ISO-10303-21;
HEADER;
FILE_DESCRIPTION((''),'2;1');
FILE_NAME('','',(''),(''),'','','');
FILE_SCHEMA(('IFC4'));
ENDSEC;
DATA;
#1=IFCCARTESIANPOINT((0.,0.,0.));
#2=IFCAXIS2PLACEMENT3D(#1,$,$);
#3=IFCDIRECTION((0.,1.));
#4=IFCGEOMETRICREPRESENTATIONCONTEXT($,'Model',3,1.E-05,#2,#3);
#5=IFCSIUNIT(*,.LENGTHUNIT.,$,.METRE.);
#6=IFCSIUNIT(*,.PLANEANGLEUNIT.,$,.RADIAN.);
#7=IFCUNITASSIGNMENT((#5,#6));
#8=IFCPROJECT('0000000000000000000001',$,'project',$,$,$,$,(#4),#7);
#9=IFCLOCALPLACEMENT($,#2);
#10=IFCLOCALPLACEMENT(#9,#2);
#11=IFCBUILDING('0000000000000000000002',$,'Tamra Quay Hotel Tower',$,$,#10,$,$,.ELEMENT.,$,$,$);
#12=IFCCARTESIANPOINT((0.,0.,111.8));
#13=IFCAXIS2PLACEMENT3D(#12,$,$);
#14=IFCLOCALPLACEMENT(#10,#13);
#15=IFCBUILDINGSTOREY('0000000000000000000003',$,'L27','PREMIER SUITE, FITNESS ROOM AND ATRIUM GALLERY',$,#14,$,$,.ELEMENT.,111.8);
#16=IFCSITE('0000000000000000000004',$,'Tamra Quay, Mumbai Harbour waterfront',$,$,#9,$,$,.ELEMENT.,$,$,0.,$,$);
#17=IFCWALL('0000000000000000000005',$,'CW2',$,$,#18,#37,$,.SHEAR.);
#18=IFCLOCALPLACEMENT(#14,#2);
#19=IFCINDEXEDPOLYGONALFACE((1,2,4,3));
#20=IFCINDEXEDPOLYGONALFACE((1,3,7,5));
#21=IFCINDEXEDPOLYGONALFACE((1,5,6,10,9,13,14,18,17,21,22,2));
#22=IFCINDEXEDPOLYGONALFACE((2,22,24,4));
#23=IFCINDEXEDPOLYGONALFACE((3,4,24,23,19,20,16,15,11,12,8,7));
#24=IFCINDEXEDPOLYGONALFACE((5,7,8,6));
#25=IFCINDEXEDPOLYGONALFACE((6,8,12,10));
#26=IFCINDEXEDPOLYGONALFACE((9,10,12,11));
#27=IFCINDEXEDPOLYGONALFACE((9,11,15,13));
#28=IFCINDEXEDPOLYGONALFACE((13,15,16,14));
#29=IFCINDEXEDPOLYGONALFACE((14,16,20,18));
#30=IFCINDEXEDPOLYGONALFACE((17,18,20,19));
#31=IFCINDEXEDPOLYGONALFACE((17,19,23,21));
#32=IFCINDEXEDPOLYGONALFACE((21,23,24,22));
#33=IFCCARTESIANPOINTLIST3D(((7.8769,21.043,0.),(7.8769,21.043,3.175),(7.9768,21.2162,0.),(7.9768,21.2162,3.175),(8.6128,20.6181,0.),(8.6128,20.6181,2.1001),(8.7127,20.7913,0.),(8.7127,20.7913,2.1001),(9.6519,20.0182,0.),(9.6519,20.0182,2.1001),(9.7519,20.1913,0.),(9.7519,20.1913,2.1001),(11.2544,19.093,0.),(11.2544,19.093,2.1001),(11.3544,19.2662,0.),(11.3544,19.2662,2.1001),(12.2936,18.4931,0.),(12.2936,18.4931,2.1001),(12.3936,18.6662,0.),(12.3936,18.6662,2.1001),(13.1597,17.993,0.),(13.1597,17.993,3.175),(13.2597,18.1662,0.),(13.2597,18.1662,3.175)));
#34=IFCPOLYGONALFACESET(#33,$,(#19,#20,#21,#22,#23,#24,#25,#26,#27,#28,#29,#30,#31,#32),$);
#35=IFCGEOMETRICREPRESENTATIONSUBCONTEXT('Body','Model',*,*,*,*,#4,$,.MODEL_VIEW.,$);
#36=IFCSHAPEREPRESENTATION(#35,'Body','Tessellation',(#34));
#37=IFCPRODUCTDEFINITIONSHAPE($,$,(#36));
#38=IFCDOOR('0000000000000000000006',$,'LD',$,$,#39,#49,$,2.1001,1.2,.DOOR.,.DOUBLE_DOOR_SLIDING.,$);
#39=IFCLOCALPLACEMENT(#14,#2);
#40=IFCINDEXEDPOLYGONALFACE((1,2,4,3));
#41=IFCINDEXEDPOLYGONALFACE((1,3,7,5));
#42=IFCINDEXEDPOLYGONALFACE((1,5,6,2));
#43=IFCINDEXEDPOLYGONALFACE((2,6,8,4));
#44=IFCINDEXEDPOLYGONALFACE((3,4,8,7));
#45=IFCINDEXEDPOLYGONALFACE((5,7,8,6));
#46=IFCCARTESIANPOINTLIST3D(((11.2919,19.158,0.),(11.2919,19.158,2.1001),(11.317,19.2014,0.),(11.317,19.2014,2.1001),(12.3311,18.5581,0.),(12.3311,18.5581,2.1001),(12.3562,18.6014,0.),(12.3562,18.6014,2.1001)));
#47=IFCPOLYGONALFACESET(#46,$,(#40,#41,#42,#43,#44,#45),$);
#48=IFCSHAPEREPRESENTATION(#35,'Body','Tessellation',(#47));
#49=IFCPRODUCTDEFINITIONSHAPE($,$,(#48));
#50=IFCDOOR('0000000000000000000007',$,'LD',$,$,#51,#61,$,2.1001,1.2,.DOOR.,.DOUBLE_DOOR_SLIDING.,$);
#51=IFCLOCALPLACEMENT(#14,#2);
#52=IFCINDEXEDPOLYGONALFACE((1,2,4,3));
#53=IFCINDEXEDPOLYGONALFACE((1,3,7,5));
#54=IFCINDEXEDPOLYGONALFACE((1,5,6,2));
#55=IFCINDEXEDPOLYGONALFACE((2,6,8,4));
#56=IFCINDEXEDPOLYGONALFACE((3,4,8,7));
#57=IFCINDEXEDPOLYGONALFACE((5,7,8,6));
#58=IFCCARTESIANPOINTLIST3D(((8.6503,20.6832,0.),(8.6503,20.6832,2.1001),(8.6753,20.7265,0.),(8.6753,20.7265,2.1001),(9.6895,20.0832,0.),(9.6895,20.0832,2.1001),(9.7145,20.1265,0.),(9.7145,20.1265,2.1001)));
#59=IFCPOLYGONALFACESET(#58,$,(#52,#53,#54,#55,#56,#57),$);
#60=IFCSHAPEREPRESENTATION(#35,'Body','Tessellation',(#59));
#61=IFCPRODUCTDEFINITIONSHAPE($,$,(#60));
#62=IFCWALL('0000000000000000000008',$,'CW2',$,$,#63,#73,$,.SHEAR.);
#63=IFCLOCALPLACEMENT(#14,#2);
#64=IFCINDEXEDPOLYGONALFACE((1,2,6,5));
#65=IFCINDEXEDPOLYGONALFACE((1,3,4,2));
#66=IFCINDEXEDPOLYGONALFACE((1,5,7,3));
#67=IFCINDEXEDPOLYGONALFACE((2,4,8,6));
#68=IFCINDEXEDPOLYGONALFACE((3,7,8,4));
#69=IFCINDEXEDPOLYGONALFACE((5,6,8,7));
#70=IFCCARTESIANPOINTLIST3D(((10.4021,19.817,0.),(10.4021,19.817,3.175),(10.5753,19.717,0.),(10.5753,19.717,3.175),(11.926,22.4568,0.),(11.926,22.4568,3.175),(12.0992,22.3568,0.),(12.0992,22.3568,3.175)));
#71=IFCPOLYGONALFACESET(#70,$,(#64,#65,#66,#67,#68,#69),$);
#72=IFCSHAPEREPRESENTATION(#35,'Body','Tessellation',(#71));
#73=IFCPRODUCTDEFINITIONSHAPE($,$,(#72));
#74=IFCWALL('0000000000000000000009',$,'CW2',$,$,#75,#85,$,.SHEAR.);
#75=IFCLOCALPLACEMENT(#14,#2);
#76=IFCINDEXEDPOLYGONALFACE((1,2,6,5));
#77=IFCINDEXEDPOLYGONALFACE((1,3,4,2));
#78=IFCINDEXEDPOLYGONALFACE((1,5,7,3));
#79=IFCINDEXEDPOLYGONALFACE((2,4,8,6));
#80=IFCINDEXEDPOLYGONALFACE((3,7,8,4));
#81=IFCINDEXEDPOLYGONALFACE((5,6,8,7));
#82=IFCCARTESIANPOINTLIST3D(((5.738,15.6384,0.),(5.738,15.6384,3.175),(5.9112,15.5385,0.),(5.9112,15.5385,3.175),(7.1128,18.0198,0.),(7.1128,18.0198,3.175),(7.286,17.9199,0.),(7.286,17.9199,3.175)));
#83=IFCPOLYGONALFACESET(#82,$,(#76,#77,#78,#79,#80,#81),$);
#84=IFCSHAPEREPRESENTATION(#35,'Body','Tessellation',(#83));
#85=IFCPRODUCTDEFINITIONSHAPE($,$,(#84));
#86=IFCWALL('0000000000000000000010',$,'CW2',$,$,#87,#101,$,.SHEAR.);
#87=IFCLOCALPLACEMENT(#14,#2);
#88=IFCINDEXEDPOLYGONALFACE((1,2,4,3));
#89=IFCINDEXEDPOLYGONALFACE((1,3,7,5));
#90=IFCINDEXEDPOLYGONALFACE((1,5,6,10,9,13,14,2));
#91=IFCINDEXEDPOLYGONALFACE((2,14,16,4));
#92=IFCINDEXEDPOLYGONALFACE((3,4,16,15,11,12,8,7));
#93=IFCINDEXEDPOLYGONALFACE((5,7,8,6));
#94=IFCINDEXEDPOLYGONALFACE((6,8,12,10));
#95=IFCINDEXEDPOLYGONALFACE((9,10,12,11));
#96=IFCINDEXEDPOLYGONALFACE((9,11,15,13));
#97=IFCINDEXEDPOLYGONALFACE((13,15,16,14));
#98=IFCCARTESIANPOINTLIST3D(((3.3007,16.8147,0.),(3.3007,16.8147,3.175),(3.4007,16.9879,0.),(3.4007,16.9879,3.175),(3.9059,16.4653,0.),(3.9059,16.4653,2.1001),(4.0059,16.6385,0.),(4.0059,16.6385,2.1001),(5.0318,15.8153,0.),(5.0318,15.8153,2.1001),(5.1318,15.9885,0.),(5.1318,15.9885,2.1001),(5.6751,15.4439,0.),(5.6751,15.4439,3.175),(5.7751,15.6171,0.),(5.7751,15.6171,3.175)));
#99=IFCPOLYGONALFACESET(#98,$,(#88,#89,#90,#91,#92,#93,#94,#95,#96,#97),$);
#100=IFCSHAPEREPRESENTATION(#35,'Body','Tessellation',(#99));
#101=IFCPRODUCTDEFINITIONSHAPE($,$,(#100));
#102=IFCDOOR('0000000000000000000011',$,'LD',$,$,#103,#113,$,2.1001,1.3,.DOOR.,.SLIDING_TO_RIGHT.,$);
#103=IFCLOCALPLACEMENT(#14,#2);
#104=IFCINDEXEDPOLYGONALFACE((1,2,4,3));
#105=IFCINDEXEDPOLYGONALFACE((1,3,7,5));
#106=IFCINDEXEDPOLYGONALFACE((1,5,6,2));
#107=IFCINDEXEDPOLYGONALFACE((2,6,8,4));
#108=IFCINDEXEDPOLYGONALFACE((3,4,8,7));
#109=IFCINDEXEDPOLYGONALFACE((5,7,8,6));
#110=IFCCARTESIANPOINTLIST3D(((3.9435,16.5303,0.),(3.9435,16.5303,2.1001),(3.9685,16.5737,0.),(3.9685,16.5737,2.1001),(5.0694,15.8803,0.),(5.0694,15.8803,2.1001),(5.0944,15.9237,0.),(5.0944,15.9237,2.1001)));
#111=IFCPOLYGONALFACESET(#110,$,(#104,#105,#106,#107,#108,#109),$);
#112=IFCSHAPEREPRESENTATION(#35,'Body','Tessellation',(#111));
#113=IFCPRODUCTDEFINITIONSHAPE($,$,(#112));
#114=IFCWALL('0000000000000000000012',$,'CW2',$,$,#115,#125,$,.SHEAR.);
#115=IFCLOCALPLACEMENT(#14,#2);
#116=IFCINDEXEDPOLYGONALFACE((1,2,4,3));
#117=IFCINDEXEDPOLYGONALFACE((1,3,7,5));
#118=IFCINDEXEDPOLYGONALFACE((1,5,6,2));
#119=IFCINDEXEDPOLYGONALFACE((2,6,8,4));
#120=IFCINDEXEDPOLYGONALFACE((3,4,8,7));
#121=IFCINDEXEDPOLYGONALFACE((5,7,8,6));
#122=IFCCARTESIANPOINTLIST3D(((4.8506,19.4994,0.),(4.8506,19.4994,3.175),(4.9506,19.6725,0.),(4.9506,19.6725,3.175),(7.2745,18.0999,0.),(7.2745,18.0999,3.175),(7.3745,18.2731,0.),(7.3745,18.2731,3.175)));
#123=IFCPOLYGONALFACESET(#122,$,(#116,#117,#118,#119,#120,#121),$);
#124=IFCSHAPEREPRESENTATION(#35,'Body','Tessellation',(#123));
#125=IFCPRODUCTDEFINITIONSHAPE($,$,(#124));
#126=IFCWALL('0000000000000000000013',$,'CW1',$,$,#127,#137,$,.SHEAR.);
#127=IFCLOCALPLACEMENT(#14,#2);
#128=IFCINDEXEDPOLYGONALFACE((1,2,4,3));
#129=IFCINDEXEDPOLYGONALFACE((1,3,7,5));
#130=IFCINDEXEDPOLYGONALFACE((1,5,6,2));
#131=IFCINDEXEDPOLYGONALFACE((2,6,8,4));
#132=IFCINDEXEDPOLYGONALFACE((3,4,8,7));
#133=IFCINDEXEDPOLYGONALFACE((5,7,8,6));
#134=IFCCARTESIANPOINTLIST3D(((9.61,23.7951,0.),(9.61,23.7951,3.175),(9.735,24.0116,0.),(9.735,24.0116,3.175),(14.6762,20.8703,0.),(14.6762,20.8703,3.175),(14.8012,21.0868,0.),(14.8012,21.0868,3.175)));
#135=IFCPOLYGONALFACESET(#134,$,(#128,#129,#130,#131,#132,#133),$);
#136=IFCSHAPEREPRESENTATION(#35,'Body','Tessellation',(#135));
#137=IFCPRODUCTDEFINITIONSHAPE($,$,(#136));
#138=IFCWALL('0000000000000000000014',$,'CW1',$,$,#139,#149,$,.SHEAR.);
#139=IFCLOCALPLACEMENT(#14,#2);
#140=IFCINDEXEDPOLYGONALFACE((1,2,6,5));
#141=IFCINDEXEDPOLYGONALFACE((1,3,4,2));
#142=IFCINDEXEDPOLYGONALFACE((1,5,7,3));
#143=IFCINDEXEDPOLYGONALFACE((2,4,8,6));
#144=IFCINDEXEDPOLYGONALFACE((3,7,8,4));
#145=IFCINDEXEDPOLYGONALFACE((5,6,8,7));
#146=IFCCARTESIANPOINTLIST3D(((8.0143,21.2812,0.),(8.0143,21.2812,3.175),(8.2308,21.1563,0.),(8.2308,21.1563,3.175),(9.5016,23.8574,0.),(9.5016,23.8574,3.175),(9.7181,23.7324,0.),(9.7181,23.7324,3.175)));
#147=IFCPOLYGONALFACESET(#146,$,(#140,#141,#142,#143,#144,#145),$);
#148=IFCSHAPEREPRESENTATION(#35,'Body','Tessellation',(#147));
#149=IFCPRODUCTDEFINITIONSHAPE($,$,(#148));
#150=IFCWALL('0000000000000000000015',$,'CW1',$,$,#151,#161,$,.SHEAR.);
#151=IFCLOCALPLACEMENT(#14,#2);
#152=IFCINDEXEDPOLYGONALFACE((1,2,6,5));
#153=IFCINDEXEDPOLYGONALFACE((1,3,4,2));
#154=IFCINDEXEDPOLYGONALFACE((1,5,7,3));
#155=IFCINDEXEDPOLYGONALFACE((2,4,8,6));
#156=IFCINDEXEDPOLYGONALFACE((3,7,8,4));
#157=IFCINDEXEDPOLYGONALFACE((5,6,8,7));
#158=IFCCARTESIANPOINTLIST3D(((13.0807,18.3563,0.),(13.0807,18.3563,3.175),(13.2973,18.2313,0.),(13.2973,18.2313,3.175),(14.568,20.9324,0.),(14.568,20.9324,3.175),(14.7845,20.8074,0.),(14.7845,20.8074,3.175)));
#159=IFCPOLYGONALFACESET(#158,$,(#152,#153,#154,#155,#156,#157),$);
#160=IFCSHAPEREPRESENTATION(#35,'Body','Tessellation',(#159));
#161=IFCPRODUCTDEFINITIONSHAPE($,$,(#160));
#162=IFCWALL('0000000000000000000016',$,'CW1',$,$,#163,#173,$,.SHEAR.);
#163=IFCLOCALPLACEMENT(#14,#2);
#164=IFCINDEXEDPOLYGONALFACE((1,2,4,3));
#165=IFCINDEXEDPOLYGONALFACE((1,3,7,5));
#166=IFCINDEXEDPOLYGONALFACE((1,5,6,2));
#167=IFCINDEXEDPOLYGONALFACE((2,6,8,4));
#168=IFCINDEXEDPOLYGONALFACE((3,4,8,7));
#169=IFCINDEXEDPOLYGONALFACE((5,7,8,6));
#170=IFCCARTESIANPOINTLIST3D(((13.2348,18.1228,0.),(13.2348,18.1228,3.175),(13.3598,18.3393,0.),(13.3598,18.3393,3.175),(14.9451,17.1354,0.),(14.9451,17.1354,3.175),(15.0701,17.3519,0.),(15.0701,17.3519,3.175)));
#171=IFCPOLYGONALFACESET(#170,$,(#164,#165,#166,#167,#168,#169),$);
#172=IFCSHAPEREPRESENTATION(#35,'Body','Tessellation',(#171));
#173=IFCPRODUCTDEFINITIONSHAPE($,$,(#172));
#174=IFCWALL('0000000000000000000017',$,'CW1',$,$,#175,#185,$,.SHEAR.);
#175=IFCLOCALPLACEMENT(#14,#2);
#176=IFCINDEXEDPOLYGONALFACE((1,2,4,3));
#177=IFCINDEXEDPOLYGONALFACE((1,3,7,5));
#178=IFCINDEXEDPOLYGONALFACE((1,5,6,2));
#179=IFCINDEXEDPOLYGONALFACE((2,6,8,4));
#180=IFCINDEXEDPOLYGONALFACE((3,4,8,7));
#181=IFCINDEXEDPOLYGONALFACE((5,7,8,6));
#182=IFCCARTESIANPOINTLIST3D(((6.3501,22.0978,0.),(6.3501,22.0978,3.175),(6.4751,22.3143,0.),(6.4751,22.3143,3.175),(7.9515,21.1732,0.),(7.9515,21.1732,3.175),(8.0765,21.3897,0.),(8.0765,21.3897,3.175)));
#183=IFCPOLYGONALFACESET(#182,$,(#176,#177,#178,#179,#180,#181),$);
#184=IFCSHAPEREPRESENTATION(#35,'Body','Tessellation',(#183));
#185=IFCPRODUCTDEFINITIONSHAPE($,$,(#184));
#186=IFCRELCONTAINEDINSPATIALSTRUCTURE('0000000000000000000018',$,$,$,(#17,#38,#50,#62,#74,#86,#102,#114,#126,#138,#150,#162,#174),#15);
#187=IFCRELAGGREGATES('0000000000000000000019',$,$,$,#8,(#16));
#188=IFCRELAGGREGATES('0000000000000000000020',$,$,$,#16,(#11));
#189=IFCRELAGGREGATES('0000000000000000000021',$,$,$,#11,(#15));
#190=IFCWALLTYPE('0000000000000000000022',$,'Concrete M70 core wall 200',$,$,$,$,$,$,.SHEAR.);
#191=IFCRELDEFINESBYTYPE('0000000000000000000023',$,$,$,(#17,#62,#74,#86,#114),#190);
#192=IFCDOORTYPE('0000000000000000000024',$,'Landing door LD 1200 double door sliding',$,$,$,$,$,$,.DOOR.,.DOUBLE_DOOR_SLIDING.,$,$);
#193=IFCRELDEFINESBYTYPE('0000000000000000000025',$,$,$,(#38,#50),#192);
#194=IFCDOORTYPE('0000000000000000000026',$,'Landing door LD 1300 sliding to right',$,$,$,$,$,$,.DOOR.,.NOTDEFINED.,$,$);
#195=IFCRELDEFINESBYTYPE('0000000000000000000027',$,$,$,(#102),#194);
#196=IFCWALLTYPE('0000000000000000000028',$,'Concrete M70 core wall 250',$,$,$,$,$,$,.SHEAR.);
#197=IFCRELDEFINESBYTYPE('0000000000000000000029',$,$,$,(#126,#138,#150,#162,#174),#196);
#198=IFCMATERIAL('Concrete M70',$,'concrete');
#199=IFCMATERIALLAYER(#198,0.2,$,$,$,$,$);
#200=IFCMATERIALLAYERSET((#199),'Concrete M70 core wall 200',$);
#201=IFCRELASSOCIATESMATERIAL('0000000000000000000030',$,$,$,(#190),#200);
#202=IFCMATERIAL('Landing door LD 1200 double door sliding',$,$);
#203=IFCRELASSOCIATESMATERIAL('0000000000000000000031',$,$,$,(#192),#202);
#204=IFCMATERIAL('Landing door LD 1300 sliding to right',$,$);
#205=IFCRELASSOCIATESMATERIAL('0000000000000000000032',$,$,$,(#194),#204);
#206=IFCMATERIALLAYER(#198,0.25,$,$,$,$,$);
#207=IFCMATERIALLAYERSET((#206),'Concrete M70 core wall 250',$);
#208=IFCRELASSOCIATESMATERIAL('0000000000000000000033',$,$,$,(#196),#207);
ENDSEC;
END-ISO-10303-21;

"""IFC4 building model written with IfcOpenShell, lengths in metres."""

from ifc_helpers import new_model, si_unit, direction, frame, frame_2d, origin, place, context, subcontext, project, spatial, rectangle, extrude, material, layer, layer_set, type_object, element, fill, save


model = new_model("IFC4")

# Units and contexts
model_context = context("Model", 3, precision=1e-05, world=origin(), true_north=direction((0.0, 1.0)))
body_context = subcontext(model_context, "Body", "Model", "MODEL_VIEW")
ifc_project = project(units=[si_unit("LENGTHUNIT", "METRE"), si_unit("PLANEANGLEUNIT", "RADIAN")], contexts=[model_context])

# Site, building, storey
site_placement = place(None, origin())
site = spatial("IfcSite", under=ifc_project, at=site_placement, Name="Tamra Quay, Mumbai Harbour waterfront", CompositionType="ELEMENT", RefElevation=0.0)
building_placement = place(site_placement, origin())
building = spatial("IfcBuilding", under=site, at=building_placement, Name="Tamra Quay Hotel Tower", CompositionType="ELEMENT")
storey_placement = place(building_placement, frame((0.0, 0.0, 111.8)))
storey = spatial("IfcBuildingStorey", under=building, at=storey_placement, Name="L27", Description="PREMIER SUITE, FITNESS ROOM AND ATRIUM GALLERY", CompositionType="ELEMENT", Elevation=111.8)

# Shared definitions
ifc_material_1 = material(Name="Concrete M70", Category="concrete")

# Wall, openings, doors
ifc_layer_1 = layer(ifc_material_1, 0.2)
ifc_layer_set_1 = layer_set([ifc_layer_1], Name="Concrete M70 core wall 200")
wall_type_1 = type_object("IfcWallType", Name="Concrete M70 core wall 200", PredefinedType="SHEAR", material=ifc_layer_set_1)
wall_1_placement = place(storey_placement, frame((13.2097, 18.0796, 0.0), z_axis=(0.0, 0.0, 1.0), x_axis=(-0.86603, 0.499992, 0.0)))
wall_1 = element("IfcWall", 1, at=wall_1_placement, inside=storey, type_object=wall_type_1, Name="CW2", PredefinedType="SHEAR", context=body_context, shape_type="SweptSolid", body=[
    extrude(rectangle(XDim=6.1001, YDim=0.2, at=frame_2d((3.05, 0.0))), origin(), (0.0, 0.0, 1.0), 3.175),
])
opening_1_placement = place(wall_1_placement, frame((1.0, 0.0, 0.0)))
opening_1 = element("IfcOpeningElement", 2, at=opening_1_placement, cuts=wall_1, PredefinedType="OPENING", context=body_context, shape_type="SweptSolid", body=[
    extrude(rectangle(XDim=1.2, YDim=2.1001, at=frame_2d((0.6001, 1.05))), frame((0.0, 0.1099, 0.0), z_axis=(0.0, -1.0, 0.0), x_axis=(1.0, 0.0, 0.0)), (0.0, 0.0, 1.0), 0.22),
])
opening_2_placement = place(wall_1_placement, frame((4.0503, 0.0, 0.0)))
opening_2 = element("IfcOpeningElement", 3, at=opening_2_placement, cuts=wall_1, PredefinedType="OPENING", context=body_context, shape_type="SweptSolid", body=[
    extrude(rectangle(XDim=1.2, YDim=2.1001, at=frame_2d((0.6001, 1.05))), frame((0.0, 0.1099, 0.0), z_axis=(0.0, -1.0, 0.0), x_axis=(1.0, 0.0, 0.0)), (0.0, 0.0, 1.0), 0.22),
])
ifc_material_2 = material(Name="Landing door LD 1200 double door sliding")
door_type_1 = type_object("IfcDoorType", Name="Landing door LD 1200 double door sliding", OperationType="DOUBLE_DOOR_SLIDING", PredefinedType="DOOR", material=ifc_material_2)
door_1_placement = place(opening_1_placement, origin())
door_1 = element("IfcDoor", 4, at=door_1_placement, inside=storey, type_object=door_type_1, Name="LD", OperationType="DOUBLE_DOOR_SLIDING", OverallHeight=2.1001, OverallWidth=1.2, PredefinedType="DOOR", context=body_context, shape_type="SweptSolid", body=[
    extrude(rectangle(XDim=1.2, YDim=2.1001, at=frame_2d((0.6001, 1.05))), frame((0.0, 0.0249, 0.0), z_axis=(0.0, -1.0, 0.0), x_axis=(1.0, 0.0, 0.0)), (0.0, 0.0, 1.0), 0.05),
])
fill(opening_1, door_1)
door_2_placement = place(opening_2_placement, origin())
door_2 = element("IfcDoor", 5, at=door_2_placement, inside=storey, type_object=door_type_1, Name="LD", OperationType="DOUBLE_DOOR_SLIDING", OverallHeight=2.1001, OverallWidth=1.2, PredefinedType="DOOR", context=body_context, shape_type="SweptSolid", body=[
    extrude(rectangle(XDim=1.2, YDim=2.1001, at=frame_2d((0.6001, 1.05))), frame((0.0, 0.0249, 0.0), z_axis=(0.0, -1.0, 0.0), x_axis=(1.0, 0.0, 0.0)), (0.0, 0.0, 1.0), 0.05),
])
fill(opening_2, door_2)

# Walls
wall_2_placement = place(storey_placement, frame((10.4888, 19.7671, 0.0), z_axis=(0.0, 0.0, 1.0), x_axis=(0.499947, 0.866056, 0.0)))
element("IfcWall", 6, at=wall_2_placement, inside=storey, type_object=wall_type_1, Name="CW2", PredefinedType="SHEAR", context=body_context, shape_type="SweptSolid", body=[
    extrude(rectangle(XDim=3.0481, YDim=0.2, at=frame_2d((1.5239, 0.0))), origin(), (0.0, 0.0, 1.0), 3.175),
])
wall_3_placement = place(storey_placement, frame((7.1995, 17.97, 0.0), z_axis=(0.0, 0.0, 1.0), x_axis=(-0.499968, -0.866044, 0.0)))
element("IfcWall", 7, at=wall_3_placement, inside=storey, type_object=wall_type_1, Name="CW2", PredefinedType="SHEAR", context=body_context, shape_type="SweptSolid", body=[
    extrude(rectangle(XDim=2.7498, YDim=0.2, at=frame_2d((1.375, 0.0))), origin(), (0.0, 0.0, 1.0), 3.175),
])

# Wall, opening, door
wall_4_placement = place(storey_placement, frame((5.7251, 15.5305, 0.0), z_axis=(0.0, 0.0, 1.0), x_axis=(-0.866037, 0.499979, 0.0)))
wall_4 = element("IfcWall", 8, at=wall_4_placement, inside=storey, type_object=wall_type_1, Name="CW2", PredefinedType="SHEAR", context=body_context, shape_type="SweptSolid", body=[
    extrude(rectangle(XDim=2.7417, YDim=0.2, at=frame_2d((1.3708, 0.0))), origin(), (0.0, 0.0, 1.0), 3.175),
])
opening_3_placement = place(wall_4_placement, frame((0.7429, 0.0, 0.0)))
opening_3 = element("IfcOpeningElement", 9, at=opening_3_placement, cuts=wall_4, PredefinedType="OPENING", context=body_context, shape_type="SweptSolid", body=[
    extrude(rectangle(XDim=1.3, YDim=2.1001, at=frame_2d((0.6499, 1.05))), frame((0.0, 0.1099, 0.0), z_axis=(0.0, -1.0, 0.0), x_axis=(1.0, 0.0, 0.0)), (0.0, 0.0, 1.0), 0.22),
])
ifc_material_3 = material(Name="Landing door LD 1300 sliding to right")
door_type_2 = type_object("IfcDoorType", Name="Landing door LD 1300 sliding to right", OperationType="NOTDEFINED", PredefinedType="DOOR", material=ifc_material_3)
door_3_placement = place(opening_3_placement, origin())
door_3 = element("IfcDoor", 10, at=door_3_placement, inside=storey, type_object=door_type_2, Name="LD", OperationType="SLIDING_TO_RIGHT", OverallHeight=2.1001, OverallWidth=1.3, PredefinedType="DOOR", context=body_context, shape_type="SweptSolid", body=[
    extrude(rectangle(XDim=1.3, YDim=2.1001, at=frame_2d((0.6499, 1.05))), frame((0.0, 0.0249, 0.0), z_axis=(0.0, -1.0, 0.0), x_axis=(1.0, 0.0, 0.0)), (0.0, 0.0, 1.0), 0.05),
])
fill(opening_3, door_3)

# Walls
wall_5_placement = place(storey_placement, frame((4.9006, 19.5859, 0.0), z_axis=(0.0, 0.0, 1.0), x_axis=(0.866023, -0.500004, 0.0)))
element("IfcWall", 11, at=wall_5_placement, inside=storey, type_object=wall_type_1, Name="CW2", PredefinedType="SHEAR", context=body_context, shape_type="SweptSolid", body=[
    extrude(rectangle(XDim=2.7988, YDim=0.2, at=frame_2d((1.3994, 0.0))), origin(), (0.0, 0.0, 1.0), 3.175),
])
ifc_layer_2 = layer(ifc_material_1, 0.25)
ifc_layer_set_2 = layer_set([ifc_layer_2], Name="Concrete M70 core wall 250")
wall_type_2 = type_object("IfcWallType", Name="Concrete M70 core wall 250", PredefinedType="SHEAR", material=ifc_layer_set_2)
wall_6_placement = place(storey_placement, frame((9.6726, 23.9033, 0.0), z_axis=(0.0, 0.0, 1.0), x_axis=(0.866036, -0.499981, 0.0)))
element("IfcWall", 12, at=wall_6_placement, inside=storey, type_object=wall_type_2, Name="CW1", PredefinedType="SHEAR", context=body_context, shape_type="SweptSolid", body=[
    extrude(rectangle(XDim=5.8499, YDim=0.25, at=frame_2d((2.9248, 0.0))), origin(), (0.0, 0.0, 1.0), 3.175),
])
for number, where, z_axis, x_axis, name in (
    (13, (8.1226, 21.2188, 0.0), (0.0, 0.0, 1.0), (0.499988, 0.866033, 0.0), "CW1"),
    (14, (14.6763, 20.8699, 0.0), (0.0, 0.0, 1.0), (-0.499988, -0.866033, 0.0), "CW1"),
):
    element("IfcWall", number, at=place(storey_placement, frame(where, z_axis=z_axis, x_axis=x_axis)), inside=storey, type_object=wall_type_2, Name=name, PredefinedType="SHEAR", context=body_context, shape_type="SweptSolid", body=[
        extrude(rectangle(XDim=2.9746, YDim=0.25, at=frame_2d((1.4873, 0.0))), origin(), (0.0, 0.0, 1.0), 3.175),
    ])
wall_7_placement = place(storey_placement, frame((13.2974, 18.231, 0.0), z_axis=(0.0, 0.0, 1.0), x_axis=(0.866044, -0.499969, 0.0)))
element("IfcWall", 15, at=wall_7_placement, inside=storey, type_object=wall_type_2, Name="CW1", PredefinedType="SHEAR", context=body_context, shape_type="SweptSolid", body=[
    extrude(rectangle(XDim=1.9749, YDim=0.25, at=frame_2d((0.9873, 0.0))), origin(), (0.0, 0.0, 1.0), 3.175),
])
wall_8_placement = place(storey_placement, frame((6.4126, 22.2061, 0.0), z_axis=(0.0, 0.0, 1.0), x_axis=(0.866016, -0.500016, 0.0)))
element("IfcWall", 16, at=wall_8_placement, inside=storey, type_object=wall_type_2, Name="CW1", PredefinedType="SHEAR", context=body_context, shape_type="SweptSolid", body=[
    extrude(rectangle(XDim=1.8491, YDim=0.25, at=frame_2d((0.9246, 0.0))), origin(), (0.0, 0.0, 1.0), 3.175),
])

save(model, "model.ifc")
